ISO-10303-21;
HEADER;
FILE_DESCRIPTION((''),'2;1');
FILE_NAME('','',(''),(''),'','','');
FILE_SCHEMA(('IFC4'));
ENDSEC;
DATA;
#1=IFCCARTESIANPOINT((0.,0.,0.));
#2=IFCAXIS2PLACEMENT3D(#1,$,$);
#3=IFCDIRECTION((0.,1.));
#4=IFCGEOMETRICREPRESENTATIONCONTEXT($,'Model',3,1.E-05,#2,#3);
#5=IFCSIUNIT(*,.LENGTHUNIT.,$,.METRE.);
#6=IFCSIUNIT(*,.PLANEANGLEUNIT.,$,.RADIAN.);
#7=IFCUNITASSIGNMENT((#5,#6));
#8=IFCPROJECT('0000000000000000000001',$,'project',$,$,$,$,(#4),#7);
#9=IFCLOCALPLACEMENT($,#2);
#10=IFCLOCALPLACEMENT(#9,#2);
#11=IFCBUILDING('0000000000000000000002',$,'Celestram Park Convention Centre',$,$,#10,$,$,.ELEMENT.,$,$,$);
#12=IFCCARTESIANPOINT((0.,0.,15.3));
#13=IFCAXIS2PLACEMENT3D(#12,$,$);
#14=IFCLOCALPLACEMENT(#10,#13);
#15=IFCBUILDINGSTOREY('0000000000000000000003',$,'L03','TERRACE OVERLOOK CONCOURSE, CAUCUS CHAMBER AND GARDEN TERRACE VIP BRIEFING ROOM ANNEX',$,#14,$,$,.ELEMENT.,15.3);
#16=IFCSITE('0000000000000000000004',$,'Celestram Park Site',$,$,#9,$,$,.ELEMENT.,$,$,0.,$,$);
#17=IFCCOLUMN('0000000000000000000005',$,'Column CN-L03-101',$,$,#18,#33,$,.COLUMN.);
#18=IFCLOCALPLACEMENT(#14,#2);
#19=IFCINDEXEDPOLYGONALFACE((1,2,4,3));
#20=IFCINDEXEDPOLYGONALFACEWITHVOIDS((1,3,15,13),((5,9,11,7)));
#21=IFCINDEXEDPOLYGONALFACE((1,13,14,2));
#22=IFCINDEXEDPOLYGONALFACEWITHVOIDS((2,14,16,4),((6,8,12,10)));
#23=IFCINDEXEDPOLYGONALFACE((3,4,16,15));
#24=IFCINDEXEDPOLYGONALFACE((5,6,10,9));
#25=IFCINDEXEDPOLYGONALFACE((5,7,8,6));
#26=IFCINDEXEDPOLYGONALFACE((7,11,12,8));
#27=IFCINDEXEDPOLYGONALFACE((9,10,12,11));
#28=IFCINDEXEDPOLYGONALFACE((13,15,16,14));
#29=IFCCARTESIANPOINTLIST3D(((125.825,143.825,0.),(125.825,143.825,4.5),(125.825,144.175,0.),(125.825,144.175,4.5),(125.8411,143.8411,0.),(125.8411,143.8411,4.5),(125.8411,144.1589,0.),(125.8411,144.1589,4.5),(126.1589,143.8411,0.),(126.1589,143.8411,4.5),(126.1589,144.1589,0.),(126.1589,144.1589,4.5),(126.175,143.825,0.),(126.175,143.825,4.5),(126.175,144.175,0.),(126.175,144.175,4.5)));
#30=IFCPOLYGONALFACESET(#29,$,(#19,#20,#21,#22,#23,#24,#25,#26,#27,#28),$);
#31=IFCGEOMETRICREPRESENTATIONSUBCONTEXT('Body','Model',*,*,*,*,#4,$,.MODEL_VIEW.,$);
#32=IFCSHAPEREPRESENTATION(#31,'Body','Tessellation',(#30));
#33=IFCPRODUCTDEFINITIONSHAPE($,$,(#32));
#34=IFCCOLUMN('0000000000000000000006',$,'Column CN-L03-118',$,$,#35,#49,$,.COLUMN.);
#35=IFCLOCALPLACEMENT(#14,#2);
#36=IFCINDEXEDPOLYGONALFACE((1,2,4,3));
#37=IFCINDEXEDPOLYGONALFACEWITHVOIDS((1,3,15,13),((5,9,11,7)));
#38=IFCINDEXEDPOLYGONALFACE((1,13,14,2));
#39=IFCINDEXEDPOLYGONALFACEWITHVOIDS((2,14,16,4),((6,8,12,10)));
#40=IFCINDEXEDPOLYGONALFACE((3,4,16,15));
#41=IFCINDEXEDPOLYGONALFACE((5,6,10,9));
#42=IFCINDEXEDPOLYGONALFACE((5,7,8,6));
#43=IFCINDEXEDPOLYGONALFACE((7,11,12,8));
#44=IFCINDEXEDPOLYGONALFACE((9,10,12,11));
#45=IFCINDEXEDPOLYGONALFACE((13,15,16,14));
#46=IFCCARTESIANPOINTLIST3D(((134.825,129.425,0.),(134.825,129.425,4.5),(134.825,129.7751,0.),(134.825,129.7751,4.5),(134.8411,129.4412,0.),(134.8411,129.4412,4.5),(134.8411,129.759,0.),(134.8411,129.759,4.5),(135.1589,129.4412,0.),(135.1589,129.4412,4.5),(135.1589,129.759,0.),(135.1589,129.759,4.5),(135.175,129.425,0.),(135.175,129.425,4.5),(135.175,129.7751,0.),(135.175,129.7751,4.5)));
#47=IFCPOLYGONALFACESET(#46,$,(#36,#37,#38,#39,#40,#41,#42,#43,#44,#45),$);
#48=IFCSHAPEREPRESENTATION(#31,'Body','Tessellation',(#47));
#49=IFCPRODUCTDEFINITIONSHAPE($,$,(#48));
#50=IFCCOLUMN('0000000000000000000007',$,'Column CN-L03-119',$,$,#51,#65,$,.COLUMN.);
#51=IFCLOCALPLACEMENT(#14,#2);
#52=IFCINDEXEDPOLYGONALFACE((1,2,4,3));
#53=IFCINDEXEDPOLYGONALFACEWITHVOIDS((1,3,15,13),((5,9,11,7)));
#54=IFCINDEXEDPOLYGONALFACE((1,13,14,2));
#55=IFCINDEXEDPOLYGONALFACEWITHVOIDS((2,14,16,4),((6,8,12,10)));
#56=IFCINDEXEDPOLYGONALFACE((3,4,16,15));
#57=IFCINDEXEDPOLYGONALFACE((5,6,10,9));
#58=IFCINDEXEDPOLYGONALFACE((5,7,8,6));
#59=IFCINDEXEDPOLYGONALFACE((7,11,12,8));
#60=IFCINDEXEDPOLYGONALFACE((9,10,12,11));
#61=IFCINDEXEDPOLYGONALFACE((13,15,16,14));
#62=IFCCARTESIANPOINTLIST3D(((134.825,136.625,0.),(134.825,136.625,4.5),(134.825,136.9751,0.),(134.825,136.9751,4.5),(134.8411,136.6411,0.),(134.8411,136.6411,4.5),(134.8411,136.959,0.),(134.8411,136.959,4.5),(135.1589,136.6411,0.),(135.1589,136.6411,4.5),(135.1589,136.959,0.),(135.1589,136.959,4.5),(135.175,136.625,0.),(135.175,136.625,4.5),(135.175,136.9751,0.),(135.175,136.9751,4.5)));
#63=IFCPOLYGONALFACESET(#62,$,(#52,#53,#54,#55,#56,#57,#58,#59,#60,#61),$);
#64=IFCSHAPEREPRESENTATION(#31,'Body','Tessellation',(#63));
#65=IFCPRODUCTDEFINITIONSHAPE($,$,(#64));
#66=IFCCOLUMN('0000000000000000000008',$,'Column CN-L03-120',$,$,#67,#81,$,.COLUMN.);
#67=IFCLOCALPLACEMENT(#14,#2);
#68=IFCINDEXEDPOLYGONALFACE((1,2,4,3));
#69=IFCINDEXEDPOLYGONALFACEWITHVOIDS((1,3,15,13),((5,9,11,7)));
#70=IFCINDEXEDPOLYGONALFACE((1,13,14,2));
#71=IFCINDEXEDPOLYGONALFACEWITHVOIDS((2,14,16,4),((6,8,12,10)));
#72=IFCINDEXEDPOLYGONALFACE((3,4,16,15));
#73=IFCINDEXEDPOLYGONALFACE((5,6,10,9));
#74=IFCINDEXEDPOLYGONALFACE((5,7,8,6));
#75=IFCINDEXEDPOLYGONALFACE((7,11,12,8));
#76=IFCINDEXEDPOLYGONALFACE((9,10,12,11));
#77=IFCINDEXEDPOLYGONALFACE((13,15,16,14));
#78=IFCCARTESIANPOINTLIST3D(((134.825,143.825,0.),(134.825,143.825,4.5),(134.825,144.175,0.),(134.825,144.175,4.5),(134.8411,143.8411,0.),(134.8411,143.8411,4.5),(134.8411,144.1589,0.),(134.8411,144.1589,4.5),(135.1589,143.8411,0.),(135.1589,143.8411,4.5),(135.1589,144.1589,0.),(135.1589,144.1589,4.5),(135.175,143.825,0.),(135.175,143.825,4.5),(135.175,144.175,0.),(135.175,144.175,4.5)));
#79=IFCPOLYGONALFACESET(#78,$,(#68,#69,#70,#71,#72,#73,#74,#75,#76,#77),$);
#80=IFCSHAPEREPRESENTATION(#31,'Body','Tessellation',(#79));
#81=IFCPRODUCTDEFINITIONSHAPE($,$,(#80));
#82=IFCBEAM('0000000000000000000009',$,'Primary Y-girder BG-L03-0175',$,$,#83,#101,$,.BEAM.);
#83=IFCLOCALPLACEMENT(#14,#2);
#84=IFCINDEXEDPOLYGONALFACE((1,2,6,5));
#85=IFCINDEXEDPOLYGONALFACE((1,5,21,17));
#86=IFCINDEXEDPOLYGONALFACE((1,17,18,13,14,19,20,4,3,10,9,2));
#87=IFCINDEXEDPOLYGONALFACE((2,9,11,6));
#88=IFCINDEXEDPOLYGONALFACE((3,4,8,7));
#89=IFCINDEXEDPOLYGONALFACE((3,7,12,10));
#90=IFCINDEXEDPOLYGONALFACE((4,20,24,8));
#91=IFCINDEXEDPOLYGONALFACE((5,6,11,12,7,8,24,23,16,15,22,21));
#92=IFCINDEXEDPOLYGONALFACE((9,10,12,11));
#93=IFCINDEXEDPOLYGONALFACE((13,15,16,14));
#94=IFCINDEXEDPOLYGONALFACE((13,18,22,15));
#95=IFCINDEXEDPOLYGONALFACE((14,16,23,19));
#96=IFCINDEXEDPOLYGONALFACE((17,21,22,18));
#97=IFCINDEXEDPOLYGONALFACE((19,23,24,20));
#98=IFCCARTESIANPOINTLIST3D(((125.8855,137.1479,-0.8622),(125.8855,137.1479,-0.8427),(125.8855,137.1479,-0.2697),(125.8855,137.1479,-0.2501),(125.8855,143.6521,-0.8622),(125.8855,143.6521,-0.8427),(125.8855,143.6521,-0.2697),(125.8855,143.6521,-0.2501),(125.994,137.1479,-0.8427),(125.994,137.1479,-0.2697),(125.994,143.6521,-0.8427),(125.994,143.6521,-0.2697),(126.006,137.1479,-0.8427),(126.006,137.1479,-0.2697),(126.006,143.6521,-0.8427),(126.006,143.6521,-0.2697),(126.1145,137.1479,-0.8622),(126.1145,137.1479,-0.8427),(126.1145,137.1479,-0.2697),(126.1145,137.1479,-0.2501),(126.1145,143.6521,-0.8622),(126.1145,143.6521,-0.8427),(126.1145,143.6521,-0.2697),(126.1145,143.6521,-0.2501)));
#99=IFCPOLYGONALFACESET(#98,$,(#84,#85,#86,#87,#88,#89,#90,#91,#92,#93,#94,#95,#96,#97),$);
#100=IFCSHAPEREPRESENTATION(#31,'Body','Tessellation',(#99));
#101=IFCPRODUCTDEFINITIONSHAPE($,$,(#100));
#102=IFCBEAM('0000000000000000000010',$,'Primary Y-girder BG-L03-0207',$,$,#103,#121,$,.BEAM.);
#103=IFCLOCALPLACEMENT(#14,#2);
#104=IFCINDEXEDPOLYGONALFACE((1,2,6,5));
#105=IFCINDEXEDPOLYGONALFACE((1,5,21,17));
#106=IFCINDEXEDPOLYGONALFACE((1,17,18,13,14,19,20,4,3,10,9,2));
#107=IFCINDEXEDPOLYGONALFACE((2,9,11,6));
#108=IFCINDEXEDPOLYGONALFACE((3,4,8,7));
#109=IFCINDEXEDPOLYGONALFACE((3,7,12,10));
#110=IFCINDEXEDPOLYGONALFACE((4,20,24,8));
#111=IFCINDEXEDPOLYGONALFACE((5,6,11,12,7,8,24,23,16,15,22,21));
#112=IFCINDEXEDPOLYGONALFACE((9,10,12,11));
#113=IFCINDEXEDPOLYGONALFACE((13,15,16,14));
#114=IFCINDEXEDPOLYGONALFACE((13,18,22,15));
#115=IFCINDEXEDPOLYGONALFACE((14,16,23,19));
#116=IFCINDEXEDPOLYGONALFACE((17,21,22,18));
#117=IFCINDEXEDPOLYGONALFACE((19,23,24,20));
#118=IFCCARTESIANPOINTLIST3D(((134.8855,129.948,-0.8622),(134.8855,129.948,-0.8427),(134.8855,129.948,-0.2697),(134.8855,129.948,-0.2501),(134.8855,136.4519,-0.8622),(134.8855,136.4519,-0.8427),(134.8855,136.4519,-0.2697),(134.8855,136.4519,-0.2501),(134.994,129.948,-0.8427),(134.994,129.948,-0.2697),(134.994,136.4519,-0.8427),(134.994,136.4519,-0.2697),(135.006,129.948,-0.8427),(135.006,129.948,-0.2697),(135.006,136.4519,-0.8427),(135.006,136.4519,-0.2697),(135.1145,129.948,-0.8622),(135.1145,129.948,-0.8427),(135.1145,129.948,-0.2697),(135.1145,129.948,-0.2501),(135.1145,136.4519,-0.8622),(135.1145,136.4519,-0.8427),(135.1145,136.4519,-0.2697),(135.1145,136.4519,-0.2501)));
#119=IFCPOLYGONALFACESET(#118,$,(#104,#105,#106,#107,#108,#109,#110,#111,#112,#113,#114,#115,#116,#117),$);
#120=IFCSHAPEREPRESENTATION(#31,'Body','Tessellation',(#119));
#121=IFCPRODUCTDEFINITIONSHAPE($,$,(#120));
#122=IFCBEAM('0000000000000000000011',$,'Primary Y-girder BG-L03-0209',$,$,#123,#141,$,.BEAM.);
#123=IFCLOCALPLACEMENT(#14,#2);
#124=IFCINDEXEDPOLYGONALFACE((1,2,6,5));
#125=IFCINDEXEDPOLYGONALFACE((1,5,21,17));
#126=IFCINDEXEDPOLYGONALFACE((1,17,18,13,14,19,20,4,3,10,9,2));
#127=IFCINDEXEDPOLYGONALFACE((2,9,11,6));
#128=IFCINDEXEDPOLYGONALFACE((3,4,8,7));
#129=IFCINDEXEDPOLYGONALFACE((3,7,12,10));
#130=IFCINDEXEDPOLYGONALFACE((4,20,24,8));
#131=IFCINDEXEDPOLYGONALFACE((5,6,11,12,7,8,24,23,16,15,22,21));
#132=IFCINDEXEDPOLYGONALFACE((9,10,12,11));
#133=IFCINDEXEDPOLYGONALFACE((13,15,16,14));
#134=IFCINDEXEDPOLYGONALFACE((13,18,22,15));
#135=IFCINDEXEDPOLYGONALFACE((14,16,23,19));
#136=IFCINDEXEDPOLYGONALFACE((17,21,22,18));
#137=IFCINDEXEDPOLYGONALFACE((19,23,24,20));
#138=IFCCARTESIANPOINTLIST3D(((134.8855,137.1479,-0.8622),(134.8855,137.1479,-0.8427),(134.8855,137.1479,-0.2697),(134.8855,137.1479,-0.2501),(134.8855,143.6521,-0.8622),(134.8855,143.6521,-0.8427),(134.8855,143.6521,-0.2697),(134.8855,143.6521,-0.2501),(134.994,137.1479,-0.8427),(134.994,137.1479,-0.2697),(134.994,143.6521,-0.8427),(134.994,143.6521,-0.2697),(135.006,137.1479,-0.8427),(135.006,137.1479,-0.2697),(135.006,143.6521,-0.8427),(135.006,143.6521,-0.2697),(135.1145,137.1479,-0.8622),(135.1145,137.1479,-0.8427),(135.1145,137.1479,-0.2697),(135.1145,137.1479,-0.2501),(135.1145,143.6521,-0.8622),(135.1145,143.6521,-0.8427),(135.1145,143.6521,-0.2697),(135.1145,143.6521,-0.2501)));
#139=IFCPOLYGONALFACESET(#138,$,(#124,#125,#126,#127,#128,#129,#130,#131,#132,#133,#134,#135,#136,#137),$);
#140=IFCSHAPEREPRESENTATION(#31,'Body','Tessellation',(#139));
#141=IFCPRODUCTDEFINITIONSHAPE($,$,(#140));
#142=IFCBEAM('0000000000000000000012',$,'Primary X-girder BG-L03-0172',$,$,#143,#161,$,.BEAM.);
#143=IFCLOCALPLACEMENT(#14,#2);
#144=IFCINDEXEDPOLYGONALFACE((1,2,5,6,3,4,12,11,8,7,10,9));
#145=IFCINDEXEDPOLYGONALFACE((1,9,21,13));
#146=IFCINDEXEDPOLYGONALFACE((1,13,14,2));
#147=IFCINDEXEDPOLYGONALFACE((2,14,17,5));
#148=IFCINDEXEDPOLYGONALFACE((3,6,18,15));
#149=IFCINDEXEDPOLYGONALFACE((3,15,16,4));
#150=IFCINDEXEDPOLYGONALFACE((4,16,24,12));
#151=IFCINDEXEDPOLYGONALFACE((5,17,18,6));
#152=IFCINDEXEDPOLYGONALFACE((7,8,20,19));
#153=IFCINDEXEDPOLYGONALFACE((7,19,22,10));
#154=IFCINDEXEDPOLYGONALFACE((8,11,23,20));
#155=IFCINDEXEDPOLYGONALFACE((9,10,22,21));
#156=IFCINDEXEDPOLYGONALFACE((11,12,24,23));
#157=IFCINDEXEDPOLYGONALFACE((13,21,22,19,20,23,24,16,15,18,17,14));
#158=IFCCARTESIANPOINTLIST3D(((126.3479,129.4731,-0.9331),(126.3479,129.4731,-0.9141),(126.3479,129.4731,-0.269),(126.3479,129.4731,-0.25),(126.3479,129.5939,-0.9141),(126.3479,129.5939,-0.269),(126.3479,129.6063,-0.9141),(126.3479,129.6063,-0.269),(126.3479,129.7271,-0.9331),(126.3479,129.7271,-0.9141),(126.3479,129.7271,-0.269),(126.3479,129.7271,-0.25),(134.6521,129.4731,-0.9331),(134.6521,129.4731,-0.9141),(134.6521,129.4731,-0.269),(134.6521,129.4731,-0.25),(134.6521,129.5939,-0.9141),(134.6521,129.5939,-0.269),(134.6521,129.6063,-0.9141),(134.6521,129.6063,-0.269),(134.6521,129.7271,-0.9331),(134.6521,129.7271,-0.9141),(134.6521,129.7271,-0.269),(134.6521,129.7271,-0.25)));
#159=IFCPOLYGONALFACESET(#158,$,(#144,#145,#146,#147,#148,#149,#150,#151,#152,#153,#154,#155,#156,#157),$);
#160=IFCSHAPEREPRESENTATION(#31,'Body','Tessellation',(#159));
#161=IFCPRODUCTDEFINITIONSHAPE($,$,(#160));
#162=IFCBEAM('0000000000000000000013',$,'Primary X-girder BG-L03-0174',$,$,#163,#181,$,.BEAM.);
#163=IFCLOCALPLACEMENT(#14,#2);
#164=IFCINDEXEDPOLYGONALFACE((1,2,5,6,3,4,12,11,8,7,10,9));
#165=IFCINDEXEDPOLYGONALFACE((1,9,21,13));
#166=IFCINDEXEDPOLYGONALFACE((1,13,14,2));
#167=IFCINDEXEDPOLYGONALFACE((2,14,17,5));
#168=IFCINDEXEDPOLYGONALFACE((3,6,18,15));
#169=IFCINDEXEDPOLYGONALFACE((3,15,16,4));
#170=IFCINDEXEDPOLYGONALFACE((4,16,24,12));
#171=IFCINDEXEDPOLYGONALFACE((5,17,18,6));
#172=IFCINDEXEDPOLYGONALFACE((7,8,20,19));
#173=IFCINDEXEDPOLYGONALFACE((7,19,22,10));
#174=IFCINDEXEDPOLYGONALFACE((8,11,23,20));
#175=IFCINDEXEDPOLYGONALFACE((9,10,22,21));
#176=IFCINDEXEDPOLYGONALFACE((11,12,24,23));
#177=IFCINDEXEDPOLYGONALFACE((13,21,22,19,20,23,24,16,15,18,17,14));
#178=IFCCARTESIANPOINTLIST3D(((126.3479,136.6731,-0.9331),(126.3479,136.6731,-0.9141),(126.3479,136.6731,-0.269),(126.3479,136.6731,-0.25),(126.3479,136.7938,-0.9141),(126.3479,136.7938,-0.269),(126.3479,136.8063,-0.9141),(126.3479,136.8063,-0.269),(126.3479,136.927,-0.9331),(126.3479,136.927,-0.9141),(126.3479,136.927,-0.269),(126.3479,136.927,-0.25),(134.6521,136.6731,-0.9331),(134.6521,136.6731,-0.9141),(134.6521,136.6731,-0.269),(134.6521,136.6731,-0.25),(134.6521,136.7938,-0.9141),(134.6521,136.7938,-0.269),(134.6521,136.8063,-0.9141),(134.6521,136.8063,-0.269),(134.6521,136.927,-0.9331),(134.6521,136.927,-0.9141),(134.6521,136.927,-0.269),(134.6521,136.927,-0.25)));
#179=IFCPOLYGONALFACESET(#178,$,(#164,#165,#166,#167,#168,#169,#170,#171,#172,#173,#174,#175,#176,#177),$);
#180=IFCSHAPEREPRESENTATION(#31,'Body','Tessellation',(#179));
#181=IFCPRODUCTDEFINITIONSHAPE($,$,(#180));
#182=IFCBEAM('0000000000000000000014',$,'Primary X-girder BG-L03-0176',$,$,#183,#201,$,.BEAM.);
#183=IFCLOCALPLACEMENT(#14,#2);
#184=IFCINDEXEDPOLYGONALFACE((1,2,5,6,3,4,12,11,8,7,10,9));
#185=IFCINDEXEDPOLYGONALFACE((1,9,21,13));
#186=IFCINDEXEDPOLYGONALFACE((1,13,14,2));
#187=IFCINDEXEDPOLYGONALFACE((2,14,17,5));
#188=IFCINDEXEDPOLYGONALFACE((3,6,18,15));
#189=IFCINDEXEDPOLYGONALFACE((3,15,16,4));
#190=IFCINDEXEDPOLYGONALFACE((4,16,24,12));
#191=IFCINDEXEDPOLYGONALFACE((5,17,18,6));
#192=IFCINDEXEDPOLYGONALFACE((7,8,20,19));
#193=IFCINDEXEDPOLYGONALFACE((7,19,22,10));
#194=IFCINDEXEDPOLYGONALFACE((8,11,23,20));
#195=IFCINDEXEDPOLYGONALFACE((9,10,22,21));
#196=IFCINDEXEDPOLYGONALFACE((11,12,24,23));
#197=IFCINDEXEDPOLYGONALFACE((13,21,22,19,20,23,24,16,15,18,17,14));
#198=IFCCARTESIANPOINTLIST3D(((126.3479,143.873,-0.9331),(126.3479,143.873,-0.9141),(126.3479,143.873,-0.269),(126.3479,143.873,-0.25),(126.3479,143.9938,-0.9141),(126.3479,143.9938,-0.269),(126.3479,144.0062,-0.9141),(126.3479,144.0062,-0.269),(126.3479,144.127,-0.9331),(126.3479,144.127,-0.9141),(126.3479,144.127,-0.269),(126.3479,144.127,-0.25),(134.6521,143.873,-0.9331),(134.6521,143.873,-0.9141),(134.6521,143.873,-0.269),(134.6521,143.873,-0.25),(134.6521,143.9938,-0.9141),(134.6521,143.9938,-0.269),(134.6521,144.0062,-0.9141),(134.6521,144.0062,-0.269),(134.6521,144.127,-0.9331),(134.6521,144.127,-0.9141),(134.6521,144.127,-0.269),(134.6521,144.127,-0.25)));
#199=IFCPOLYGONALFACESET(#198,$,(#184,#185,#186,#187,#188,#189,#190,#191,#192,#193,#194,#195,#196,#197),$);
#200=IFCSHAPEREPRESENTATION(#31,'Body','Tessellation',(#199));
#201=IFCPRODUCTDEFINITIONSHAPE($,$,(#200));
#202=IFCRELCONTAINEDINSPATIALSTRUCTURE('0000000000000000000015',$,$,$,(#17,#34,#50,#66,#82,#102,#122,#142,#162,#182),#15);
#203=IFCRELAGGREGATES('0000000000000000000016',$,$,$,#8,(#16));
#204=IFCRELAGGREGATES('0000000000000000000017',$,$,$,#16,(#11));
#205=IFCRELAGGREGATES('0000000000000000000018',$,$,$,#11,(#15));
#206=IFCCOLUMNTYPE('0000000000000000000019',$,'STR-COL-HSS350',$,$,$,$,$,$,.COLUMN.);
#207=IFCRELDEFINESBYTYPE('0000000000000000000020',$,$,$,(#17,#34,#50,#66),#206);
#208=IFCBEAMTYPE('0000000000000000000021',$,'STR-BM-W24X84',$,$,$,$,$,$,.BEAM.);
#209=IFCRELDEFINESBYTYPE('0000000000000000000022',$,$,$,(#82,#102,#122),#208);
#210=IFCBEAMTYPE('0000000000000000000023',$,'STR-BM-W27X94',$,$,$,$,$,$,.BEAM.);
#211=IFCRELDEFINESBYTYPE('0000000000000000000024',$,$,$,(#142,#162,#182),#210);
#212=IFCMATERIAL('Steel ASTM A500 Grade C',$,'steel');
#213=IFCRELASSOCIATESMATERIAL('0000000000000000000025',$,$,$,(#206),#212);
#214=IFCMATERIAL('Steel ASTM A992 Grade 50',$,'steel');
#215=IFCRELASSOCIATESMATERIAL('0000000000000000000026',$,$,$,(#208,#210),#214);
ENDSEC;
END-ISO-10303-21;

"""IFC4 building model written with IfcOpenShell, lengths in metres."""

from ifc_helpers import new_model, si_unit, direction, frame, origin, origin_2d, place, context, subcontext, project, spatial, hollow_rectangle, i_section, extrude, material, material_profile, profile_set, type_object, element, save


model = new_model("IFC4")

# Units and contexts
model_context = context("Model", 3, precision=1e-05, world=origin(), true_north=direction((0.0, 1.0)))
body_context = subcontext(model_context, "Body", "Model", "MODEL_VIEW")
ifc_project = project(units=[si_unit("LENGTHUNIT", "METRE"), si_unit("PLANEANGLEUNIT", "RADIAN")], contexts=[model_context])

# Site, building, storey
site_placement = place(None, origin())
site = spatial("IfcSite", under=ifc_project, at=site_placement, Name="Celestram Park Site", CompositionType="ELEMENT", RefElevation=0.0)
building_placement = place(site_placement, origin())
building = spatial("IfcBuilding", under=site, at=building_placement, Name="Celestram Park Convention Centre", CompositionType="ELEMENT")
storey_placement = place(building_placement, frame((0.0, 0.0, 15.3)))
storey = spatial("IfcBuildingStorey", under=building, at=storey_placement, Name="L03", Description="TERRACE OVERLOOK CONCOURSE, CAUCUS CHAMBER AND GARDEN TERRACE VIP BRIEFING ROOM ANNEX", CompositionType="ELEMENT", Elevation=15.3)

# Columns
ifc_material_1 = material(Name="Steel ASTM A500 Grade C", Category="steel")
ifc_material_profile_1 = material_profile(ifc_material_1, hollow_rectangle(XDim=0.3501, YDim=0.3501, WallThickness=0.0161, at=origin_2d()), Name="HSS350X350X16")
ifc_profile_set_1 = profile_set([ifc_material_profile_1], Name="Steel ASTM A500 Grade C")
column_type = type_object("IfcColumnType", Name="STR-COL-HSS350", PredefinedType="COLUMN", material=ifc_profile_set_1)
for number, where, z_axis, x_axis, name in (
    (1, (126.0, 144.0, 0.0), (0.0, 0.0, 1.0), (1.0, 0.0, 0.0), "Column CN-L03-101"),
    (2, (135.0, 129.6001, 0.0), (0.0, 0.0, 1.0), (1.0, 0.0, 0.0), "Column CN-L03-118"),
    (3, (135.0, 136.8, 0.0), (0.0, 0.0, 1.0), (1.0, 0.0, 0.0), "Column CN-L03-119"),
    (4, (135.0, 144.0, 0.0), (0.0, 0.0, 1.0), (1.0, 0.0, 0.0), "Column CN-L03-120"),
):
    element("IfcColumn", number, at=place(storey_placement, frame(where, z_axis=z_axis, x_axis=x_axis)), inside=storey, type_object=column_type, Name=name, PredefinedType="COLUMN", context=body_context, shape_type="SweptSolid", body=[
        extrude(hollow_rectangle(XDim=0.3501, YDim=0.3501, WallThickness=0.0161, at=origin_2d()), origin(), (0.0, 0.0, 1.0), 4.5),
    ])

# Beams
ifc_material_2 = material(Name="Steel ASTM A992 Grade 50", Category="steel")
ifc_material_profile_2 = material_profile(ifc_material_2, i_section(OverallWidth=0.229, OverallDepth=0.6121, WebThickness=0.012, FlangeThickness=0.0195, at=origin_2d()), Name="W24X84")
ifc_profile_set_2 = profile_set([ifc_material_profile_2], Name="Steel ASTM A992 Grade 50")
beam_type_1 = type_object("IfcBeamType", Name="STR-BM-W24X84", PredefinedType="BEAM", material=ifc_profile_set_2)
beam_1_placement = place(storey_placement, frame((126.0, 137.1479, -0.5562), z_axis=(0.0, 1.0, 0.0), x_axis=(-1.0, 0.0, 0.0)))
element("IfcBeam", 5, at=beam_1_placement, inside=storey, type_object=beam_type_1, Name="Primary Y-girder BG-L03-0175", PredefinedType="BEAM", context=body_context, shape_type="SweptSolid", body=[
    extrude(i_section(OverallWidth=0.229, OverallDepth=0.6121, WebThickness=0.012, FlangeThickness=0.0195, at=origin_2d()), origin(), (0.0, 0.0, 1.0), 6.5042),
])
beam_2_placement = place(storey_placement, frame((135.0, 129.948, -0.5562), z_axis=(0.0, 1.0, 0.0), x_axis=(-1.0, 0.0, 0.0)))
element("IfcBeam", 6, at=beam_2_placement, inside=storey, type_object=beam_type_1, Name="Primary Y-girder BG-L03-0207", PredefinedType="BEAM", context=body_context, shape_type="SweptSolid", body=[
    extrude(i_section(OverallWidth=0.229, OverallDepth=0.6121, WebThickness=0.012, FlangeThickness=0.0195, at=origin_2d()), origin(), (0.0, 0.0, 1.0), 6.5039),
])
beam_3_placement = place(storey_placement, frame((135.0, 137.1479, -0.5562), z_axis=(0.0, 1.0, 0.0), x_axis=(-1.0, 0.0, 0.0)))
element("IfcBeam", 7, at=beam_3_placement, inside=storey, type_object=beam_type_1, Name="Primary Y-girder BG-L03-0209", PredefinedType="BEAM", context=body_context, shape_type="SweptSolid", body=[
    extrude(i_section(OverallWidth=0.229, OverallDepth=0.6121, WebThickness=0.012, FlangeThickness=0.0195, at=origin_2d()), origin(), (0.0, 0.0, 1.0), 6.5042),
])
ifc_material_profile_3 = material_profile(ifc_material_2, i_section(OverallWidth=0.2539, OverallDepth=0.6831, WebThickness=0.0125, FlangeThickness=0.019, at=origin_2d()), Name="W27X94")
ifc_profile_set_3 = profile_set([ifc_material_profile_3], Name="Steel ASTM A992 Grade 50")
beam_type_2 = type_object("IfcBeamType", Name="STR-BM-W27X94", PredefinedType="BEAM", material=ifc_profile_set_3)
for number, where, z_axis, x_axis, name in (
    (8, (126.3479, 129.6001, -0.5916), (1.0, 0.0, 0.0), (0.0, 1.0, 0.0), "Primary X-girder BG-L03-0172"),
    (9, (126.3479, 136.8, -0.5916), (1.0, 0.0, 0.0), (0.0, 1.0, 0.0), "Primary X-girder BG-L03-0174"),
    (10, (126.3479, 144.0, -0.5916), (1.0, 0.0, 0.0), (0.0, 1.0, 0.0), "Primary X-girder BG-L03-0176"),
):
    element("IfcBeam", number, at=place(storey_placement, frame(where, z_axis=z_axis, x_axis=x_axis)), inside=storey, type_object=beam_type_2, Name=name, PredefinedType="BEAM", context=body_context, shape_type="SweptSolid", body=[
        extrude(i_section(OverallWidth=0.2539, OverallDepth=0.6831, WebThickness=0.0125, FlangeThickness=0.019, at=origin_2d()), origin(), (0.0, 0.0, 1.0), 8.3042),
    ])

save(model, "model.ifc")
